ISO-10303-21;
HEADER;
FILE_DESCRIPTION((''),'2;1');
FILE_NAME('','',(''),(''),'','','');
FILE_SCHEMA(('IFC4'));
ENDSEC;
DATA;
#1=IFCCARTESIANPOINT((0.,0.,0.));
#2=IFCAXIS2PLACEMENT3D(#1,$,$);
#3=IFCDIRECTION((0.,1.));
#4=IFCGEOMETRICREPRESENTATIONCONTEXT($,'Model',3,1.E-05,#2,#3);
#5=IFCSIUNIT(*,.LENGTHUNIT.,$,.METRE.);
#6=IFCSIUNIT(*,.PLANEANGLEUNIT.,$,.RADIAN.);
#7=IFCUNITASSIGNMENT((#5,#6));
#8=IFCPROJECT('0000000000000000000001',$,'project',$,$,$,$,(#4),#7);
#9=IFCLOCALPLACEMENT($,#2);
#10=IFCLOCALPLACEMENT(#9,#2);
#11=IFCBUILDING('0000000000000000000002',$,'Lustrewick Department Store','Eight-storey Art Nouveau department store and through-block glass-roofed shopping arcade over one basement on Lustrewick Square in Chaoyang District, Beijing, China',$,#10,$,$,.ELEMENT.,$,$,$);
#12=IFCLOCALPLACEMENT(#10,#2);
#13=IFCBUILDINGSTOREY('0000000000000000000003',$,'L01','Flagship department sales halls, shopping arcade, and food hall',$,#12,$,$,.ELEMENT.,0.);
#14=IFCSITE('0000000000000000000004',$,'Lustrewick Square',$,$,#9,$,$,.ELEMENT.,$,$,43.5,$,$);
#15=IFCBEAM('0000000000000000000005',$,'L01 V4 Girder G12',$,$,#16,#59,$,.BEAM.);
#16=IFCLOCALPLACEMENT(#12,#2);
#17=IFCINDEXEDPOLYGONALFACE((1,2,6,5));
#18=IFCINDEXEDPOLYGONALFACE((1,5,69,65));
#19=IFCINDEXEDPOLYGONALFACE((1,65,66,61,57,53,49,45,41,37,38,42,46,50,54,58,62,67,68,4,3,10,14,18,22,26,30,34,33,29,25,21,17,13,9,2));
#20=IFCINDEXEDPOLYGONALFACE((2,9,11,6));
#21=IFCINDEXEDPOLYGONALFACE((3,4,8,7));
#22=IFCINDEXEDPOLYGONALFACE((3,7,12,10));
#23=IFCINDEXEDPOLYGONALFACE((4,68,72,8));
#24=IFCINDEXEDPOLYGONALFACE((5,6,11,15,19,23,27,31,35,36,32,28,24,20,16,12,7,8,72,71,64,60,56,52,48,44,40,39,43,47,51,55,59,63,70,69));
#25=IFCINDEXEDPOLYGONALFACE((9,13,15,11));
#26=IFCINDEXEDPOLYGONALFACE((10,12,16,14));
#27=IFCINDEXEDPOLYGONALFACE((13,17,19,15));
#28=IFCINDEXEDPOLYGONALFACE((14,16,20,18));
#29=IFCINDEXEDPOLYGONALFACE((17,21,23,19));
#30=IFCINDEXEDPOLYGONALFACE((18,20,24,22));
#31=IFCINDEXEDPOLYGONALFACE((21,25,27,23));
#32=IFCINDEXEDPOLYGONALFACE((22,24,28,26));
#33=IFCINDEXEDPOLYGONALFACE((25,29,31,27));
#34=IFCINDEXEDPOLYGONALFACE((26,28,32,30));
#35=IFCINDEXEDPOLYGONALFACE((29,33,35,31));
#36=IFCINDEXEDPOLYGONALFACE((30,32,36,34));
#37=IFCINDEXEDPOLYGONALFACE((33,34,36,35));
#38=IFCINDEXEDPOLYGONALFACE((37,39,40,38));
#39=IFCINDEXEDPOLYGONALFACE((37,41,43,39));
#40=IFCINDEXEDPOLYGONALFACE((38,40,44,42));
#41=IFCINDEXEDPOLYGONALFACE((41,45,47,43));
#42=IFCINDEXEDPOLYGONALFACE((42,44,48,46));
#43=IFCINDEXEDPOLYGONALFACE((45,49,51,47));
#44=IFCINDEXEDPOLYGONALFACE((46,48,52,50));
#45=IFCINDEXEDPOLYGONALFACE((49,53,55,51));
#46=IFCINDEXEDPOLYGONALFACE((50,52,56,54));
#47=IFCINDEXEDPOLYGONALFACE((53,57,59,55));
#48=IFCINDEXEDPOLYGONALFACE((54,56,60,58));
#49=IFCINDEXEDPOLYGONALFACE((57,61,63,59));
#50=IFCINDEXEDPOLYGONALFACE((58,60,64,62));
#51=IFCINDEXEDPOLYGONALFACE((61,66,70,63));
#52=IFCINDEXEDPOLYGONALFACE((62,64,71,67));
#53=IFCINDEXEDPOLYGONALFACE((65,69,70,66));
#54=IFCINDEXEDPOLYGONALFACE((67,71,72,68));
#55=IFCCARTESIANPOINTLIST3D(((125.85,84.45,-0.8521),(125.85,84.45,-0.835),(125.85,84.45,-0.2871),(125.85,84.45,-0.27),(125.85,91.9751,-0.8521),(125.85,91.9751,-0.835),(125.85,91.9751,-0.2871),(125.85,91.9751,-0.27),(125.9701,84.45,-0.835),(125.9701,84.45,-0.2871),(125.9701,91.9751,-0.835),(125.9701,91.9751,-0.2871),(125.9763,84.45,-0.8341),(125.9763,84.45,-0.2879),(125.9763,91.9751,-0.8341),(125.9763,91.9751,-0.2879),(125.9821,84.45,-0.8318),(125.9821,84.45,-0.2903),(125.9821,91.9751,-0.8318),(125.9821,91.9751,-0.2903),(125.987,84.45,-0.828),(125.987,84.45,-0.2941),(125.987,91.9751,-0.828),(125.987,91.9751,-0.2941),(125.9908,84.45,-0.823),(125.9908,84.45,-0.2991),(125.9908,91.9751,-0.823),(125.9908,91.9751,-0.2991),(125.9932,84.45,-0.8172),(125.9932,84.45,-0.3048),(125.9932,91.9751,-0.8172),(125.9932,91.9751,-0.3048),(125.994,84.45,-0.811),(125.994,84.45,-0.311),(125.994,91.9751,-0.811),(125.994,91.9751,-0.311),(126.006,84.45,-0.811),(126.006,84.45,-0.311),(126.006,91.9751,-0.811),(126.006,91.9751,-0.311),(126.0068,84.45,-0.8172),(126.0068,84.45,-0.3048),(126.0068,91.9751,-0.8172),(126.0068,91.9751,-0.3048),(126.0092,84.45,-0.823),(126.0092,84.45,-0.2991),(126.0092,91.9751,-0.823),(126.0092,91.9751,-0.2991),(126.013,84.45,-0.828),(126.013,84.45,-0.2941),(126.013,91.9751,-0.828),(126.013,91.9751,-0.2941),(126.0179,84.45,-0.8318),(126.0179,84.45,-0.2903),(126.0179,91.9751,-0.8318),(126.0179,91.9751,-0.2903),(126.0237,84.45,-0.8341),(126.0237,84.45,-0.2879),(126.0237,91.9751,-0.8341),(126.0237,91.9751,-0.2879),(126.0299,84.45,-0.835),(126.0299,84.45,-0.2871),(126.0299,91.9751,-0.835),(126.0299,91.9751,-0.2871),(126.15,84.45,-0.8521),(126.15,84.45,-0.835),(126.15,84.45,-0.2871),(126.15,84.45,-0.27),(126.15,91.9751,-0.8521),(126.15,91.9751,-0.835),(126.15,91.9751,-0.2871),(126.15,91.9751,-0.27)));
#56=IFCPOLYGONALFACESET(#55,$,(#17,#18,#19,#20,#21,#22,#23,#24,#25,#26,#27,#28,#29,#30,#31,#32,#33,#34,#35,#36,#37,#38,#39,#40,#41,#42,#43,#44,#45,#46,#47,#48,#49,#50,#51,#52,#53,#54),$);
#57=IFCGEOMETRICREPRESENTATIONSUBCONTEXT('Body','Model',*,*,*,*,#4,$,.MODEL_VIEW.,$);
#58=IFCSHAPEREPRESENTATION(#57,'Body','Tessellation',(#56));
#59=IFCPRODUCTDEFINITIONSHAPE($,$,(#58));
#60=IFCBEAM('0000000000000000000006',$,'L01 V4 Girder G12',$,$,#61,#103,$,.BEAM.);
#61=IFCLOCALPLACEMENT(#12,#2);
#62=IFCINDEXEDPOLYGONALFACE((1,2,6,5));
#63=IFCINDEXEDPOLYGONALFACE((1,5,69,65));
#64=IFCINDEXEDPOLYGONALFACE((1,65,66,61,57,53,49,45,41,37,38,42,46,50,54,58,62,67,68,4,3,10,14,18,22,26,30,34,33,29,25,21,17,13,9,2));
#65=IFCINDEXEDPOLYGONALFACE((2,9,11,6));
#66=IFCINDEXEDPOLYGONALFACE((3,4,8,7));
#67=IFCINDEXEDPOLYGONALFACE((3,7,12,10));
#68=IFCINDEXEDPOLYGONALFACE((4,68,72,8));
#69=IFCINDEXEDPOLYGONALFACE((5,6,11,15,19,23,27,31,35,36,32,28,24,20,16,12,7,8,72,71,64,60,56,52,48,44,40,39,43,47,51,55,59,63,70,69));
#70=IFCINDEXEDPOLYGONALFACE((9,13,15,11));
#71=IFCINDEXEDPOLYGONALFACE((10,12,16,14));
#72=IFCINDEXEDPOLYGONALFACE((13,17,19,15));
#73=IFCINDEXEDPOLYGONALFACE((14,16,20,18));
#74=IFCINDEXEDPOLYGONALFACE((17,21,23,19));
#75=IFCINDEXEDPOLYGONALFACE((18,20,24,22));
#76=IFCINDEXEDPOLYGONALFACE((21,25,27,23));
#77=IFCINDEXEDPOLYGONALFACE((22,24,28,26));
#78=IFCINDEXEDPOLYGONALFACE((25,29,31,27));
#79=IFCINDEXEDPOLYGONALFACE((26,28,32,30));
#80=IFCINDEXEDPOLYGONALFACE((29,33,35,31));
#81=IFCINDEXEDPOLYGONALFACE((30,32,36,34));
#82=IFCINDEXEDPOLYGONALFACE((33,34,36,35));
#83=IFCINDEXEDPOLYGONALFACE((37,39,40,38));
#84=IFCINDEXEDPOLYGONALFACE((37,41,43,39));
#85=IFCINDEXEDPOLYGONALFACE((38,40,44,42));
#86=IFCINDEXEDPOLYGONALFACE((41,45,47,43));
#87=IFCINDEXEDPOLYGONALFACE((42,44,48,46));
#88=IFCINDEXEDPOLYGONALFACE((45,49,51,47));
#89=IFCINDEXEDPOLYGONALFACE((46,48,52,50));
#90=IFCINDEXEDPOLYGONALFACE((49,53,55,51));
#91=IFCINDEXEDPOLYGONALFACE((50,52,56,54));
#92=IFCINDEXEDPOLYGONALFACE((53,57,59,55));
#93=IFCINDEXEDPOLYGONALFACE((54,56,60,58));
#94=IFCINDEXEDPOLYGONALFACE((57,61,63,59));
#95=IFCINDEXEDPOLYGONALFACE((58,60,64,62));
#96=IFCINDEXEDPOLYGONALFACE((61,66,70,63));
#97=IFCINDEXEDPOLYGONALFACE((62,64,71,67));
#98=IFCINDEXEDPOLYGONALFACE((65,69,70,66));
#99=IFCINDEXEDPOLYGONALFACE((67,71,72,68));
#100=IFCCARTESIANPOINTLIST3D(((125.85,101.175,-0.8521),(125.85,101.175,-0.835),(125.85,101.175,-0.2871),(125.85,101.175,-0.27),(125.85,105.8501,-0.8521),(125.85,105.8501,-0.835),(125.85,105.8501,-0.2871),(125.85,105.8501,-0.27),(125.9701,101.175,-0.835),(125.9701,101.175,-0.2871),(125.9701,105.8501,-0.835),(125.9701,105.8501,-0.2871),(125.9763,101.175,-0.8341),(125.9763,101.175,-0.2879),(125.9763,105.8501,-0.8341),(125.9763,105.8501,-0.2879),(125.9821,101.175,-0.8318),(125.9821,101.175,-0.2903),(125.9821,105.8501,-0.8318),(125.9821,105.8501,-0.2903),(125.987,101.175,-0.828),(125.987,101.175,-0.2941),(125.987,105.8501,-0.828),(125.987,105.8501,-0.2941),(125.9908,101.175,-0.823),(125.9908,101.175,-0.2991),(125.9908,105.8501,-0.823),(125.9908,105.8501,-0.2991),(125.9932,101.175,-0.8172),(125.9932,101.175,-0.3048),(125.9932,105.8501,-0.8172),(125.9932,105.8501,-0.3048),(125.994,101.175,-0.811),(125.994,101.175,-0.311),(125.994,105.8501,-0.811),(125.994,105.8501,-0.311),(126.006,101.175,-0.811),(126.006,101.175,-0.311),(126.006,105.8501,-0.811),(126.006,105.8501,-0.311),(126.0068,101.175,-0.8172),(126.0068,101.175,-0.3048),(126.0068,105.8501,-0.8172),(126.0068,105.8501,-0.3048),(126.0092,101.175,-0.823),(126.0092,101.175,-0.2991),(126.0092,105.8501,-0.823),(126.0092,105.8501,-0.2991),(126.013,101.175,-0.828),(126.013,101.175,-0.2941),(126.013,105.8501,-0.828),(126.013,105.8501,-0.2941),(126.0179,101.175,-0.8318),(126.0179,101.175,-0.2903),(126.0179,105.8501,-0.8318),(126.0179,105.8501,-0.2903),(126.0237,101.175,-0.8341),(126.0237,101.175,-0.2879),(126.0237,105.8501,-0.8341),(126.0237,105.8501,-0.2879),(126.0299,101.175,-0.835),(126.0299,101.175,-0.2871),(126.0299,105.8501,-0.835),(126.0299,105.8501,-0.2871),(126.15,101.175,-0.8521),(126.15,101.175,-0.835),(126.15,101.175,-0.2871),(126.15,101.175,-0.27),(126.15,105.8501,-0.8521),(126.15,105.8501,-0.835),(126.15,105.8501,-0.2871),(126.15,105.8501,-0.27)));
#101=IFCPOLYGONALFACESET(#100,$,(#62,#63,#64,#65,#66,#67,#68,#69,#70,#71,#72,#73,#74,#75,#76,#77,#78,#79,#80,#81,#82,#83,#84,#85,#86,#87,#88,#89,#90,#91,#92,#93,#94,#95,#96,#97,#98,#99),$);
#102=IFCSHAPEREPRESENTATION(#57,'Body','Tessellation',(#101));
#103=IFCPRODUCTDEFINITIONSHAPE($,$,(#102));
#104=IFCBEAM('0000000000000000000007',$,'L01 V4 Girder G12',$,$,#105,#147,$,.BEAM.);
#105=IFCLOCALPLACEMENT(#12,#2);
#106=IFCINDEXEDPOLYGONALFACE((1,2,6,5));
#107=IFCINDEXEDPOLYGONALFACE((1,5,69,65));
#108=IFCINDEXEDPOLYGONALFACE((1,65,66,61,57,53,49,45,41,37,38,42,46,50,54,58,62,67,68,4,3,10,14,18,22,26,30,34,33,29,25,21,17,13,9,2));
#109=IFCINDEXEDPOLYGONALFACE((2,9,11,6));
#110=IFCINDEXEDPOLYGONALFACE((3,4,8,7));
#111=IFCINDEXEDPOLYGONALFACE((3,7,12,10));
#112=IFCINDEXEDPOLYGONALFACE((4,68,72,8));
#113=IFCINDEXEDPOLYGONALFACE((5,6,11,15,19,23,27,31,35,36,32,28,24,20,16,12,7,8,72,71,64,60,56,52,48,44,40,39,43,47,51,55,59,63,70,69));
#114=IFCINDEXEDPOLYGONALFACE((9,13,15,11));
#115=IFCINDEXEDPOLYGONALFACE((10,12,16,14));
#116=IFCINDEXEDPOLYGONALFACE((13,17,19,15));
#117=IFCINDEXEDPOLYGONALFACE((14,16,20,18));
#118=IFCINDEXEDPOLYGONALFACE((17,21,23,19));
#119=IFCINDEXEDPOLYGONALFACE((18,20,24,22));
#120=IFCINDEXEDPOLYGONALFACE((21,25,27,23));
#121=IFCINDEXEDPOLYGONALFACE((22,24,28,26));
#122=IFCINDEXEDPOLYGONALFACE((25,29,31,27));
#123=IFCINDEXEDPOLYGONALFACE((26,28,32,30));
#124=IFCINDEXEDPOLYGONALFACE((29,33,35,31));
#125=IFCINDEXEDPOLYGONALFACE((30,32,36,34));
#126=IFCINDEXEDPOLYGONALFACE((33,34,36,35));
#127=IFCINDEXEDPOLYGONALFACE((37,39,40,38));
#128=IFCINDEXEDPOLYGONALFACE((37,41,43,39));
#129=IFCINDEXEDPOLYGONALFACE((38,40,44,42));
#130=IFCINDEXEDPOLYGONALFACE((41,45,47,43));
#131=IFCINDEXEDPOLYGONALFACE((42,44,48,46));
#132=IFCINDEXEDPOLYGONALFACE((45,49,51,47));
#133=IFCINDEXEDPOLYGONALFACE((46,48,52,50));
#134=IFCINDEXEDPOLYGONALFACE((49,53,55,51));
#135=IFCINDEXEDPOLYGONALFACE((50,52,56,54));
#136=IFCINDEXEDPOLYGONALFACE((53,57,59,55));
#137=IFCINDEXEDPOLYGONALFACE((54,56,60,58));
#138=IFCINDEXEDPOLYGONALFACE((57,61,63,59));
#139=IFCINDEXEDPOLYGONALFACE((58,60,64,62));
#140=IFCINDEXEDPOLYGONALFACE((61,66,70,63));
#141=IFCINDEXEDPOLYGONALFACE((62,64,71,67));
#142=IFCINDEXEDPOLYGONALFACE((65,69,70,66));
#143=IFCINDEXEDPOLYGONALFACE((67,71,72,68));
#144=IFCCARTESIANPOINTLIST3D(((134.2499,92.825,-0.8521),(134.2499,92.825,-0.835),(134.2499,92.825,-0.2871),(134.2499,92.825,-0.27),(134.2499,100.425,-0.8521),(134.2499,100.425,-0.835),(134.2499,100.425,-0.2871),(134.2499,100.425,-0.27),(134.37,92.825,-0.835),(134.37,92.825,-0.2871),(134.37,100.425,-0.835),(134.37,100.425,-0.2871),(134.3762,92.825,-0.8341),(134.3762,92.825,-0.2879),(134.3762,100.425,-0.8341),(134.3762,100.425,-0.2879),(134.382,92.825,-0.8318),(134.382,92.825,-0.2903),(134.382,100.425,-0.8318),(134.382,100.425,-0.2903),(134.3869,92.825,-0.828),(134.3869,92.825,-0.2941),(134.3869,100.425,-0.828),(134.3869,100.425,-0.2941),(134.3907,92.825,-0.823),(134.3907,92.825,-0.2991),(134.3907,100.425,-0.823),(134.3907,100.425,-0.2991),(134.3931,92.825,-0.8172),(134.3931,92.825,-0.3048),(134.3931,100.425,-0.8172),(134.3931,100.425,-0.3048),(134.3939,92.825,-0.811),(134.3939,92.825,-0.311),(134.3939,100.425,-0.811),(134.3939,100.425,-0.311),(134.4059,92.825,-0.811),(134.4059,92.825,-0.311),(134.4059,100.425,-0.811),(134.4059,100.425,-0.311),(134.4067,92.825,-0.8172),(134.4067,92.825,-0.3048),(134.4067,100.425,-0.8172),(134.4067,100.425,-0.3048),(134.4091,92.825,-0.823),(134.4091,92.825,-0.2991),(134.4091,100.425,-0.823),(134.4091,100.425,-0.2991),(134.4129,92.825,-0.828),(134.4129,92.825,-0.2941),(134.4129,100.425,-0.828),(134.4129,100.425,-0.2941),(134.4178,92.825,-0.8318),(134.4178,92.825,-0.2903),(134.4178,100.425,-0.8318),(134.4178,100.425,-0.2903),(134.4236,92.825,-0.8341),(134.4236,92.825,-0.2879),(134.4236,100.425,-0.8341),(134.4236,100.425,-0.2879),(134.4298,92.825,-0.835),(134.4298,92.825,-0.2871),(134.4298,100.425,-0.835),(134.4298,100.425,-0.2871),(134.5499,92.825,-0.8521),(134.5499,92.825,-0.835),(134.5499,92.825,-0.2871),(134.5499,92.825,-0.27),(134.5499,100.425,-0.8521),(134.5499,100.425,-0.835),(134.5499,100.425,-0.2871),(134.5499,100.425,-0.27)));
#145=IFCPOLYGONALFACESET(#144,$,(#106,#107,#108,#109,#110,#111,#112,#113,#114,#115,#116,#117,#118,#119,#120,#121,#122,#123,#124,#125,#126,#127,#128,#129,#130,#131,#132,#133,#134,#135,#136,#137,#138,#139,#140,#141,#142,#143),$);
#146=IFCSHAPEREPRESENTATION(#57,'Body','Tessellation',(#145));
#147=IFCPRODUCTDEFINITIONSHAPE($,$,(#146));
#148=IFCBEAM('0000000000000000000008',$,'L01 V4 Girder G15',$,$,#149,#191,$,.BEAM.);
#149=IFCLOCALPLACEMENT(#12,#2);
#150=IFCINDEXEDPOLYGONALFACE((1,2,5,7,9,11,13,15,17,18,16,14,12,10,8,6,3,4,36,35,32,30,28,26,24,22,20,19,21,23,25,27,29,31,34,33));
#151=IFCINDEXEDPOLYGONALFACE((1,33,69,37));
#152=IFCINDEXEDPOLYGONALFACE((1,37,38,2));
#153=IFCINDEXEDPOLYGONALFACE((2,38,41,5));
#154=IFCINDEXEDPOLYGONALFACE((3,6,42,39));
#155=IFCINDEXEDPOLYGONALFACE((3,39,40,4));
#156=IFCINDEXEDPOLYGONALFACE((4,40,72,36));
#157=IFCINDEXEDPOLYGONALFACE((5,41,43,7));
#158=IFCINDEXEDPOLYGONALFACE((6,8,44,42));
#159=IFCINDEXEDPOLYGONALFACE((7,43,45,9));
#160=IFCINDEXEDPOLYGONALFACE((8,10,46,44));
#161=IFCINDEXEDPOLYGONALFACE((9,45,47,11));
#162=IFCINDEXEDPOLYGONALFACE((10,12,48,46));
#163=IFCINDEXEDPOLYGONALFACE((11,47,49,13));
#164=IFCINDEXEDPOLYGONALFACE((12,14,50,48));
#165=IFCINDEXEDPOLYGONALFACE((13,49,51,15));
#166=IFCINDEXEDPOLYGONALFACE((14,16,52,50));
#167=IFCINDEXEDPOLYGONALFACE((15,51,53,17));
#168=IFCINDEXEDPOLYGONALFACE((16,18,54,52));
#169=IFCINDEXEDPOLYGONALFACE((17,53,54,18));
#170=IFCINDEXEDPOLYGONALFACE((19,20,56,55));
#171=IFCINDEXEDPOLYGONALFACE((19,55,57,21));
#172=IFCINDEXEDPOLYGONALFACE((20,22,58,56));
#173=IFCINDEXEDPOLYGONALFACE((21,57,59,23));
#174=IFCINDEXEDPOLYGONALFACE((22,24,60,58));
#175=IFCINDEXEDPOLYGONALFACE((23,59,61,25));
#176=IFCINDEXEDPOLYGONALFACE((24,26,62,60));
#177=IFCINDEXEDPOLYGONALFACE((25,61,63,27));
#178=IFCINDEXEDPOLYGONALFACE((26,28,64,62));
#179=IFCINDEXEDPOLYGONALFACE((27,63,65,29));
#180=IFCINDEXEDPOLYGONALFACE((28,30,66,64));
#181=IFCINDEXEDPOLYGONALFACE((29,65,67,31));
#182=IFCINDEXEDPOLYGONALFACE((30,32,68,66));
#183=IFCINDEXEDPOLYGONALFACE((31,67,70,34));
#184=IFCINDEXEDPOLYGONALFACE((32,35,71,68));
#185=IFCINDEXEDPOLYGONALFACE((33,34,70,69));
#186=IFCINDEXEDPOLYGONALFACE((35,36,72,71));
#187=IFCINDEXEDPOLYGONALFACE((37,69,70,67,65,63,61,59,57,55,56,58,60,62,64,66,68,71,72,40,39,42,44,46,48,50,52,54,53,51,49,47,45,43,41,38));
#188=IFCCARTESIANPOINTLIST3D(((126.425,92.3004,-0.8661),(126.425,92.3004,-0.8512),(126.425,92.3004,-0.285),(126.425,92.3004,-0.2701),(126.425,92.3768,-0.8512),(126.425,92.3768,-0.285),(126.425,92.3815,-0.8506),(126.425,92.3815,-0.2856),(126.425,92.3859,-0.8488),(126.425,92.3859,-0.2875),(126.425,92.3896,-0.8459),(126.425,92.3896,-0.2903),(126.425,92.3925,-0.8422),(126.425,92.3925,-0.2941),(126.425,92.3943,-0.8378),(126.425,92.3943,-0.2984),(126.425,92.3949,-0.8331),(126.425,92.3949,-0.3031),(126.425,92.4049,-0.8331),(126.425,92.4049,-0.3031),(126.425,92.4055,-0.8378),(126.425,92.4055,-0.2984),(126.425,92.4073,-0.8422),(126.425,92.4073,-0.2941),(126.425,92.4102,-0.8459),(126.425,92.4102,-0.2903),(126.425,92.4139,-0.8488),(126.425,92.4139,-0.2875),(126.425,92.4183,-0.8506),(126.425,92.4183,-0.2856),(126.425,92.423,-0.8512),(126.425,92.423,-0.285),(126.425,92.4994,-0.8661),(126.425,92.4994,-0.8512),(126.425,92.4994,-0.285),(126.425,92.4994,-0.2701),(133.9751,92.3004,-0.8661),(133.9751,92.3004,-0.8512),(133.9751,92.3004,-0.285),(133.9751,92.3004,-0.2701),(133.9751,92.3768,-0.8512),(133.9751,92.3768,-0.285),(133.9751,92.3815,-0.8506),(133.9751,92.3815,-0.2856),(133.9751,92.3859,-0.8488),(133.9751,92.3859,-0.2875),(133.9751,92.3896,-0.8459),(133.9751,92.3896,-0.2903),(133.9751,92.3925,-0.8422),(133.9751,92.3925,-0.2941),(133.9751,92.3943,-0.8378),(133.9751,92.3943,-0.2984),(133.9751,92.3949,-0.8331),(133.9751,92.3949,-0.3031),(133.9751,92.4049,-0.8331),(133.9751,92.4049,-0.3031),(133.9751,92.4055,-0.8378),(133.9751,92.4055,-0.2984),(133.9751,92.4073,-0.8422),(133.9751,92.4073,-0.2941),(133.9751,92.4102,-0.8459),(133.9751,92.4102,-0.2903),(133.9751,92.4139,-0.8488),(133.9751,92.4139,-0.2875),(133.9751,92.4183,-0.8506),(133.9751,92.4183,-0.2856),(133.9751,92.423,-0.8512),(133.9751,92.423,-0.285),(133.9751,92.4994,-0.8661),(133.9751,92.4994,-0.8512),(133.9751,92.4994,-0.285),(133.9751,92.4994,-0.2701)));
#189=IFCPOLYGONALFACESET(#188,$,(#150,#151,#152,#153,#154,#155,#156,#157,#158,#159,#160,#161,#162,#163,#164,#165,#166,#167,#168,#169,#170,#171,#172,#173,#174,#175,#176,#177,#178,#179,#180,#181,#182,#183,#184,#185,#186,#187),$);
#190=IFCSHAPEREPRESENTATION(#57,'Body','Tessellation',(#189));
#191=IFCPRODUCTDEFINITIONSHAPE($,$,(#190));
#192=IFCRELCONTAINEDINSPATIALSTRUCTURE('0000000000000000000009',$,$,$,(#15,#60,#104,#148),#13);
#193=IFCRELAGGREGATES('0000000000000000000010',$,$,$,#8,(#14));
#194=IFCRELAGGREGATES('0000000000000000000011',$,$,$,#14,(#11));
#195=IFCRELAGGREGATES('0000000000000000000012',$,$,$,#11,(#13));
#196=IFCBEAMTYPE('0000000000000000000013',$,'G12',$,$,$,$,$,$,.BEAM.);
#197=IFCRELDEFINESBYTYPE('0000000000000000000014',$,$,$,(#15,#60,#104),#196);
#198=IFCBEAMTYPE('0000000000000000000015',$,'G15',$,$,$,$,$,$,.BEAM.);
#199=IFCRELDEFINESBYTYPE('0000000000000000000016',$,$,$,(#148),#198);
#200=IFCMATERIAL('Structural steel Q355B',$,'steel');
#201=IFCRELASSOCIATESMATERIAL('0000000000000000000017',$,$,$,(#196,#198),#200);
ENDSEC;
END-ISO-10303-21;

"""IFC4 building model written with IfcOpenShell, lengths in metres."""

from ifc_helpers import new_model, si_unit, direction, frame, origin, origin_2d, place, context, subcontext, project, spatial, i_section, extrude, material, material_profile, profile_set, type_object, element, save


model = new_model("IFC4")

# Units and contexts
model_context = context("Model", 3, precision=1e-05, world=origin(), true_north=direction((0.0, 1.0)))
body_context = subcontext(model_context, "Body", "Model", "MODEL_VIEW")
ifc_project = project(units=[si_unit("LENGTHUNIT", "METRE"), si_unit("PLANEANGLEUNIT", "RADIAN")], contexts=[model_context])

# Site, building, storey
site_placement = place(None, origin())
site = spatial("IfcSite", under=ifc_project, at=site_placement, Name="Lustrewick Square", CompositionType="ELEMENT", RefElevation=43.5)
building_placement = place(site_placement, origin())
building = spatial("IfcBuilding", under=site, at=building_placement, Name="Lustrewick Department Store", Description="Eight-storey Art Nouveau department store and through-block glass-roofed shopping arcade over one basement on Lustrewick Square in Chaoyang District, Beijing, China", CompositionType="ELEMENT")
storey_placement = place(building_placement, origin())
storey = spatial("IfcBuildingStorey", under=building, at=storey_placement, Name="L01", Description="Flagship department sales halls, shopping arcade, and food hall", CompositionType="ELEMENT", Elevation=0.0)

# Shared definitions
ifc_material_1 = material(Name="Structural steel Q355B", Category="steel")

# Beams
ifc_material_profile_1 = material_profile(ifc_material_1, i_section(OverallWidth=0.3, OverallDepth=0.582, WebThickness=0.012, FlangeThickness=0.0171, FilletRadius=0.0239, at=origin_2d()), Name="HM 582x300x12x17")
ifc_profile_set_1 = profile_set([ifc_material_profile_1], Name="Structural steel Q355B")
beam_type_1 = type_object("IfcBeamType", Name="G12", PredefinedType="BEAM", material=ifc_profile_set_1)
beam_1_placement = place(storey_placement, frame((126.0, 84.45, -0.561), z_axis=(0.0, 1.0, 0.0), x_axis=(-1.0, 0.0, 0.0)))
element("IfcBeam", 1, at=beam_1_placement, inside=storey, type_object=beam_type_1, Name="L01 V4 Girder G12", PredefinedType="BEAM", context=body_context, shape_type="SweptSolid", body=[
    extrude(i_section(OverallWidth=0.3, OverallDepth=0.582, WebThickness=0.012, FlangeThickness=0.0171, FilletRadius=0.0239, at=origin_2d()), origin(), (0.0, 0.0, 1.0), 7.5251),
])
beam_2_placement = place(storey_placement, frame((126.0, 101.175, -0.561), z_axis=(0.0, 1.0, 0.0), x_axis=(-1.0, 0.0, 0.0)))
element("IfcBeam", 2, at=beam_2_placement, inside=storey, type_object=beam_type_1, Name="L01 V4 Girder G12", PredefinedType="BEAM", context=body_context, shape_type="SweptSolid", body=[
    extrude(i_section(OverallWidth=0.3, OverallDepth=0.582, WebThickness=0.012, FlangeThickness=0.0171, FilletRadius=0.0239, at=origin_2d()), origin(), (0.0, 0.0, 1.0), 4.675),
])
beam_3_placement = place(storey_placement, frame((134.3999, 92.825, -0.561), z_axis=(0.0, 1.0, 0.0), x_axis=(-1.0, 0.0, 0.0)))
element("IfcBeam", 3, at=beam_3_placement, inside=storey, type_object=beam_type_1, Name="L01 V4 Girder G12", PredefinedType="BEAM", context=body_context, shape_type="SweptSolid", body=[
    extrude(i_section(OverallWidth=0.3, OverallDepth=0.582, WebThickness=0.012, FlangeThickness=0.0171, FilletRadius=0.0239, at=origin_2d()), origin(), (0.0, 0.0, 1.0), 7.6001),
])
ifc_material_profile_2 = material_profile(ifc_material_1, i_section(OverallWidth=0.199, OverallDepth=0.5959, WebThickness=0.01, FlangeThickness=0.0149, FilletRadius=0.0181, at=origin_2d()), Name="HN 596x199x10x15")
ifc_profile_set_2 = profile_set([ifc_material_profile_2], Name="Structural steel Q355B")
beam_type_2 = type_object("IfcBeamType", Name="G15", PredefinedType="BEAM", material=ifc_profile_set_2)
beam_4_placement = place(storey_placement, frame((126.425, 92.3999, -0.5681), z_axis=(1.0, 0.0, 0.0), x_axis=(0.0, 1.0, 0.0)))
element("IfcBeam", 4, at=beam_4_placement, inside=storey, type_object=beam_type_2, Name="L01 V4 Girder G15", PredefinedType="BEAM", context=body_context, shape_type="SweptSolid", body=[
    extrude(i_section(OverallWidth=0.199, OverallDepth=0.5959, WebThickness=0.01, FlangeThickness=0.0149, FilletRadius=0.0181, at=origin_2d()), origin(), (0.0, 0.0, 1.0), 7.55),
])

save(model, "model.ifc")
